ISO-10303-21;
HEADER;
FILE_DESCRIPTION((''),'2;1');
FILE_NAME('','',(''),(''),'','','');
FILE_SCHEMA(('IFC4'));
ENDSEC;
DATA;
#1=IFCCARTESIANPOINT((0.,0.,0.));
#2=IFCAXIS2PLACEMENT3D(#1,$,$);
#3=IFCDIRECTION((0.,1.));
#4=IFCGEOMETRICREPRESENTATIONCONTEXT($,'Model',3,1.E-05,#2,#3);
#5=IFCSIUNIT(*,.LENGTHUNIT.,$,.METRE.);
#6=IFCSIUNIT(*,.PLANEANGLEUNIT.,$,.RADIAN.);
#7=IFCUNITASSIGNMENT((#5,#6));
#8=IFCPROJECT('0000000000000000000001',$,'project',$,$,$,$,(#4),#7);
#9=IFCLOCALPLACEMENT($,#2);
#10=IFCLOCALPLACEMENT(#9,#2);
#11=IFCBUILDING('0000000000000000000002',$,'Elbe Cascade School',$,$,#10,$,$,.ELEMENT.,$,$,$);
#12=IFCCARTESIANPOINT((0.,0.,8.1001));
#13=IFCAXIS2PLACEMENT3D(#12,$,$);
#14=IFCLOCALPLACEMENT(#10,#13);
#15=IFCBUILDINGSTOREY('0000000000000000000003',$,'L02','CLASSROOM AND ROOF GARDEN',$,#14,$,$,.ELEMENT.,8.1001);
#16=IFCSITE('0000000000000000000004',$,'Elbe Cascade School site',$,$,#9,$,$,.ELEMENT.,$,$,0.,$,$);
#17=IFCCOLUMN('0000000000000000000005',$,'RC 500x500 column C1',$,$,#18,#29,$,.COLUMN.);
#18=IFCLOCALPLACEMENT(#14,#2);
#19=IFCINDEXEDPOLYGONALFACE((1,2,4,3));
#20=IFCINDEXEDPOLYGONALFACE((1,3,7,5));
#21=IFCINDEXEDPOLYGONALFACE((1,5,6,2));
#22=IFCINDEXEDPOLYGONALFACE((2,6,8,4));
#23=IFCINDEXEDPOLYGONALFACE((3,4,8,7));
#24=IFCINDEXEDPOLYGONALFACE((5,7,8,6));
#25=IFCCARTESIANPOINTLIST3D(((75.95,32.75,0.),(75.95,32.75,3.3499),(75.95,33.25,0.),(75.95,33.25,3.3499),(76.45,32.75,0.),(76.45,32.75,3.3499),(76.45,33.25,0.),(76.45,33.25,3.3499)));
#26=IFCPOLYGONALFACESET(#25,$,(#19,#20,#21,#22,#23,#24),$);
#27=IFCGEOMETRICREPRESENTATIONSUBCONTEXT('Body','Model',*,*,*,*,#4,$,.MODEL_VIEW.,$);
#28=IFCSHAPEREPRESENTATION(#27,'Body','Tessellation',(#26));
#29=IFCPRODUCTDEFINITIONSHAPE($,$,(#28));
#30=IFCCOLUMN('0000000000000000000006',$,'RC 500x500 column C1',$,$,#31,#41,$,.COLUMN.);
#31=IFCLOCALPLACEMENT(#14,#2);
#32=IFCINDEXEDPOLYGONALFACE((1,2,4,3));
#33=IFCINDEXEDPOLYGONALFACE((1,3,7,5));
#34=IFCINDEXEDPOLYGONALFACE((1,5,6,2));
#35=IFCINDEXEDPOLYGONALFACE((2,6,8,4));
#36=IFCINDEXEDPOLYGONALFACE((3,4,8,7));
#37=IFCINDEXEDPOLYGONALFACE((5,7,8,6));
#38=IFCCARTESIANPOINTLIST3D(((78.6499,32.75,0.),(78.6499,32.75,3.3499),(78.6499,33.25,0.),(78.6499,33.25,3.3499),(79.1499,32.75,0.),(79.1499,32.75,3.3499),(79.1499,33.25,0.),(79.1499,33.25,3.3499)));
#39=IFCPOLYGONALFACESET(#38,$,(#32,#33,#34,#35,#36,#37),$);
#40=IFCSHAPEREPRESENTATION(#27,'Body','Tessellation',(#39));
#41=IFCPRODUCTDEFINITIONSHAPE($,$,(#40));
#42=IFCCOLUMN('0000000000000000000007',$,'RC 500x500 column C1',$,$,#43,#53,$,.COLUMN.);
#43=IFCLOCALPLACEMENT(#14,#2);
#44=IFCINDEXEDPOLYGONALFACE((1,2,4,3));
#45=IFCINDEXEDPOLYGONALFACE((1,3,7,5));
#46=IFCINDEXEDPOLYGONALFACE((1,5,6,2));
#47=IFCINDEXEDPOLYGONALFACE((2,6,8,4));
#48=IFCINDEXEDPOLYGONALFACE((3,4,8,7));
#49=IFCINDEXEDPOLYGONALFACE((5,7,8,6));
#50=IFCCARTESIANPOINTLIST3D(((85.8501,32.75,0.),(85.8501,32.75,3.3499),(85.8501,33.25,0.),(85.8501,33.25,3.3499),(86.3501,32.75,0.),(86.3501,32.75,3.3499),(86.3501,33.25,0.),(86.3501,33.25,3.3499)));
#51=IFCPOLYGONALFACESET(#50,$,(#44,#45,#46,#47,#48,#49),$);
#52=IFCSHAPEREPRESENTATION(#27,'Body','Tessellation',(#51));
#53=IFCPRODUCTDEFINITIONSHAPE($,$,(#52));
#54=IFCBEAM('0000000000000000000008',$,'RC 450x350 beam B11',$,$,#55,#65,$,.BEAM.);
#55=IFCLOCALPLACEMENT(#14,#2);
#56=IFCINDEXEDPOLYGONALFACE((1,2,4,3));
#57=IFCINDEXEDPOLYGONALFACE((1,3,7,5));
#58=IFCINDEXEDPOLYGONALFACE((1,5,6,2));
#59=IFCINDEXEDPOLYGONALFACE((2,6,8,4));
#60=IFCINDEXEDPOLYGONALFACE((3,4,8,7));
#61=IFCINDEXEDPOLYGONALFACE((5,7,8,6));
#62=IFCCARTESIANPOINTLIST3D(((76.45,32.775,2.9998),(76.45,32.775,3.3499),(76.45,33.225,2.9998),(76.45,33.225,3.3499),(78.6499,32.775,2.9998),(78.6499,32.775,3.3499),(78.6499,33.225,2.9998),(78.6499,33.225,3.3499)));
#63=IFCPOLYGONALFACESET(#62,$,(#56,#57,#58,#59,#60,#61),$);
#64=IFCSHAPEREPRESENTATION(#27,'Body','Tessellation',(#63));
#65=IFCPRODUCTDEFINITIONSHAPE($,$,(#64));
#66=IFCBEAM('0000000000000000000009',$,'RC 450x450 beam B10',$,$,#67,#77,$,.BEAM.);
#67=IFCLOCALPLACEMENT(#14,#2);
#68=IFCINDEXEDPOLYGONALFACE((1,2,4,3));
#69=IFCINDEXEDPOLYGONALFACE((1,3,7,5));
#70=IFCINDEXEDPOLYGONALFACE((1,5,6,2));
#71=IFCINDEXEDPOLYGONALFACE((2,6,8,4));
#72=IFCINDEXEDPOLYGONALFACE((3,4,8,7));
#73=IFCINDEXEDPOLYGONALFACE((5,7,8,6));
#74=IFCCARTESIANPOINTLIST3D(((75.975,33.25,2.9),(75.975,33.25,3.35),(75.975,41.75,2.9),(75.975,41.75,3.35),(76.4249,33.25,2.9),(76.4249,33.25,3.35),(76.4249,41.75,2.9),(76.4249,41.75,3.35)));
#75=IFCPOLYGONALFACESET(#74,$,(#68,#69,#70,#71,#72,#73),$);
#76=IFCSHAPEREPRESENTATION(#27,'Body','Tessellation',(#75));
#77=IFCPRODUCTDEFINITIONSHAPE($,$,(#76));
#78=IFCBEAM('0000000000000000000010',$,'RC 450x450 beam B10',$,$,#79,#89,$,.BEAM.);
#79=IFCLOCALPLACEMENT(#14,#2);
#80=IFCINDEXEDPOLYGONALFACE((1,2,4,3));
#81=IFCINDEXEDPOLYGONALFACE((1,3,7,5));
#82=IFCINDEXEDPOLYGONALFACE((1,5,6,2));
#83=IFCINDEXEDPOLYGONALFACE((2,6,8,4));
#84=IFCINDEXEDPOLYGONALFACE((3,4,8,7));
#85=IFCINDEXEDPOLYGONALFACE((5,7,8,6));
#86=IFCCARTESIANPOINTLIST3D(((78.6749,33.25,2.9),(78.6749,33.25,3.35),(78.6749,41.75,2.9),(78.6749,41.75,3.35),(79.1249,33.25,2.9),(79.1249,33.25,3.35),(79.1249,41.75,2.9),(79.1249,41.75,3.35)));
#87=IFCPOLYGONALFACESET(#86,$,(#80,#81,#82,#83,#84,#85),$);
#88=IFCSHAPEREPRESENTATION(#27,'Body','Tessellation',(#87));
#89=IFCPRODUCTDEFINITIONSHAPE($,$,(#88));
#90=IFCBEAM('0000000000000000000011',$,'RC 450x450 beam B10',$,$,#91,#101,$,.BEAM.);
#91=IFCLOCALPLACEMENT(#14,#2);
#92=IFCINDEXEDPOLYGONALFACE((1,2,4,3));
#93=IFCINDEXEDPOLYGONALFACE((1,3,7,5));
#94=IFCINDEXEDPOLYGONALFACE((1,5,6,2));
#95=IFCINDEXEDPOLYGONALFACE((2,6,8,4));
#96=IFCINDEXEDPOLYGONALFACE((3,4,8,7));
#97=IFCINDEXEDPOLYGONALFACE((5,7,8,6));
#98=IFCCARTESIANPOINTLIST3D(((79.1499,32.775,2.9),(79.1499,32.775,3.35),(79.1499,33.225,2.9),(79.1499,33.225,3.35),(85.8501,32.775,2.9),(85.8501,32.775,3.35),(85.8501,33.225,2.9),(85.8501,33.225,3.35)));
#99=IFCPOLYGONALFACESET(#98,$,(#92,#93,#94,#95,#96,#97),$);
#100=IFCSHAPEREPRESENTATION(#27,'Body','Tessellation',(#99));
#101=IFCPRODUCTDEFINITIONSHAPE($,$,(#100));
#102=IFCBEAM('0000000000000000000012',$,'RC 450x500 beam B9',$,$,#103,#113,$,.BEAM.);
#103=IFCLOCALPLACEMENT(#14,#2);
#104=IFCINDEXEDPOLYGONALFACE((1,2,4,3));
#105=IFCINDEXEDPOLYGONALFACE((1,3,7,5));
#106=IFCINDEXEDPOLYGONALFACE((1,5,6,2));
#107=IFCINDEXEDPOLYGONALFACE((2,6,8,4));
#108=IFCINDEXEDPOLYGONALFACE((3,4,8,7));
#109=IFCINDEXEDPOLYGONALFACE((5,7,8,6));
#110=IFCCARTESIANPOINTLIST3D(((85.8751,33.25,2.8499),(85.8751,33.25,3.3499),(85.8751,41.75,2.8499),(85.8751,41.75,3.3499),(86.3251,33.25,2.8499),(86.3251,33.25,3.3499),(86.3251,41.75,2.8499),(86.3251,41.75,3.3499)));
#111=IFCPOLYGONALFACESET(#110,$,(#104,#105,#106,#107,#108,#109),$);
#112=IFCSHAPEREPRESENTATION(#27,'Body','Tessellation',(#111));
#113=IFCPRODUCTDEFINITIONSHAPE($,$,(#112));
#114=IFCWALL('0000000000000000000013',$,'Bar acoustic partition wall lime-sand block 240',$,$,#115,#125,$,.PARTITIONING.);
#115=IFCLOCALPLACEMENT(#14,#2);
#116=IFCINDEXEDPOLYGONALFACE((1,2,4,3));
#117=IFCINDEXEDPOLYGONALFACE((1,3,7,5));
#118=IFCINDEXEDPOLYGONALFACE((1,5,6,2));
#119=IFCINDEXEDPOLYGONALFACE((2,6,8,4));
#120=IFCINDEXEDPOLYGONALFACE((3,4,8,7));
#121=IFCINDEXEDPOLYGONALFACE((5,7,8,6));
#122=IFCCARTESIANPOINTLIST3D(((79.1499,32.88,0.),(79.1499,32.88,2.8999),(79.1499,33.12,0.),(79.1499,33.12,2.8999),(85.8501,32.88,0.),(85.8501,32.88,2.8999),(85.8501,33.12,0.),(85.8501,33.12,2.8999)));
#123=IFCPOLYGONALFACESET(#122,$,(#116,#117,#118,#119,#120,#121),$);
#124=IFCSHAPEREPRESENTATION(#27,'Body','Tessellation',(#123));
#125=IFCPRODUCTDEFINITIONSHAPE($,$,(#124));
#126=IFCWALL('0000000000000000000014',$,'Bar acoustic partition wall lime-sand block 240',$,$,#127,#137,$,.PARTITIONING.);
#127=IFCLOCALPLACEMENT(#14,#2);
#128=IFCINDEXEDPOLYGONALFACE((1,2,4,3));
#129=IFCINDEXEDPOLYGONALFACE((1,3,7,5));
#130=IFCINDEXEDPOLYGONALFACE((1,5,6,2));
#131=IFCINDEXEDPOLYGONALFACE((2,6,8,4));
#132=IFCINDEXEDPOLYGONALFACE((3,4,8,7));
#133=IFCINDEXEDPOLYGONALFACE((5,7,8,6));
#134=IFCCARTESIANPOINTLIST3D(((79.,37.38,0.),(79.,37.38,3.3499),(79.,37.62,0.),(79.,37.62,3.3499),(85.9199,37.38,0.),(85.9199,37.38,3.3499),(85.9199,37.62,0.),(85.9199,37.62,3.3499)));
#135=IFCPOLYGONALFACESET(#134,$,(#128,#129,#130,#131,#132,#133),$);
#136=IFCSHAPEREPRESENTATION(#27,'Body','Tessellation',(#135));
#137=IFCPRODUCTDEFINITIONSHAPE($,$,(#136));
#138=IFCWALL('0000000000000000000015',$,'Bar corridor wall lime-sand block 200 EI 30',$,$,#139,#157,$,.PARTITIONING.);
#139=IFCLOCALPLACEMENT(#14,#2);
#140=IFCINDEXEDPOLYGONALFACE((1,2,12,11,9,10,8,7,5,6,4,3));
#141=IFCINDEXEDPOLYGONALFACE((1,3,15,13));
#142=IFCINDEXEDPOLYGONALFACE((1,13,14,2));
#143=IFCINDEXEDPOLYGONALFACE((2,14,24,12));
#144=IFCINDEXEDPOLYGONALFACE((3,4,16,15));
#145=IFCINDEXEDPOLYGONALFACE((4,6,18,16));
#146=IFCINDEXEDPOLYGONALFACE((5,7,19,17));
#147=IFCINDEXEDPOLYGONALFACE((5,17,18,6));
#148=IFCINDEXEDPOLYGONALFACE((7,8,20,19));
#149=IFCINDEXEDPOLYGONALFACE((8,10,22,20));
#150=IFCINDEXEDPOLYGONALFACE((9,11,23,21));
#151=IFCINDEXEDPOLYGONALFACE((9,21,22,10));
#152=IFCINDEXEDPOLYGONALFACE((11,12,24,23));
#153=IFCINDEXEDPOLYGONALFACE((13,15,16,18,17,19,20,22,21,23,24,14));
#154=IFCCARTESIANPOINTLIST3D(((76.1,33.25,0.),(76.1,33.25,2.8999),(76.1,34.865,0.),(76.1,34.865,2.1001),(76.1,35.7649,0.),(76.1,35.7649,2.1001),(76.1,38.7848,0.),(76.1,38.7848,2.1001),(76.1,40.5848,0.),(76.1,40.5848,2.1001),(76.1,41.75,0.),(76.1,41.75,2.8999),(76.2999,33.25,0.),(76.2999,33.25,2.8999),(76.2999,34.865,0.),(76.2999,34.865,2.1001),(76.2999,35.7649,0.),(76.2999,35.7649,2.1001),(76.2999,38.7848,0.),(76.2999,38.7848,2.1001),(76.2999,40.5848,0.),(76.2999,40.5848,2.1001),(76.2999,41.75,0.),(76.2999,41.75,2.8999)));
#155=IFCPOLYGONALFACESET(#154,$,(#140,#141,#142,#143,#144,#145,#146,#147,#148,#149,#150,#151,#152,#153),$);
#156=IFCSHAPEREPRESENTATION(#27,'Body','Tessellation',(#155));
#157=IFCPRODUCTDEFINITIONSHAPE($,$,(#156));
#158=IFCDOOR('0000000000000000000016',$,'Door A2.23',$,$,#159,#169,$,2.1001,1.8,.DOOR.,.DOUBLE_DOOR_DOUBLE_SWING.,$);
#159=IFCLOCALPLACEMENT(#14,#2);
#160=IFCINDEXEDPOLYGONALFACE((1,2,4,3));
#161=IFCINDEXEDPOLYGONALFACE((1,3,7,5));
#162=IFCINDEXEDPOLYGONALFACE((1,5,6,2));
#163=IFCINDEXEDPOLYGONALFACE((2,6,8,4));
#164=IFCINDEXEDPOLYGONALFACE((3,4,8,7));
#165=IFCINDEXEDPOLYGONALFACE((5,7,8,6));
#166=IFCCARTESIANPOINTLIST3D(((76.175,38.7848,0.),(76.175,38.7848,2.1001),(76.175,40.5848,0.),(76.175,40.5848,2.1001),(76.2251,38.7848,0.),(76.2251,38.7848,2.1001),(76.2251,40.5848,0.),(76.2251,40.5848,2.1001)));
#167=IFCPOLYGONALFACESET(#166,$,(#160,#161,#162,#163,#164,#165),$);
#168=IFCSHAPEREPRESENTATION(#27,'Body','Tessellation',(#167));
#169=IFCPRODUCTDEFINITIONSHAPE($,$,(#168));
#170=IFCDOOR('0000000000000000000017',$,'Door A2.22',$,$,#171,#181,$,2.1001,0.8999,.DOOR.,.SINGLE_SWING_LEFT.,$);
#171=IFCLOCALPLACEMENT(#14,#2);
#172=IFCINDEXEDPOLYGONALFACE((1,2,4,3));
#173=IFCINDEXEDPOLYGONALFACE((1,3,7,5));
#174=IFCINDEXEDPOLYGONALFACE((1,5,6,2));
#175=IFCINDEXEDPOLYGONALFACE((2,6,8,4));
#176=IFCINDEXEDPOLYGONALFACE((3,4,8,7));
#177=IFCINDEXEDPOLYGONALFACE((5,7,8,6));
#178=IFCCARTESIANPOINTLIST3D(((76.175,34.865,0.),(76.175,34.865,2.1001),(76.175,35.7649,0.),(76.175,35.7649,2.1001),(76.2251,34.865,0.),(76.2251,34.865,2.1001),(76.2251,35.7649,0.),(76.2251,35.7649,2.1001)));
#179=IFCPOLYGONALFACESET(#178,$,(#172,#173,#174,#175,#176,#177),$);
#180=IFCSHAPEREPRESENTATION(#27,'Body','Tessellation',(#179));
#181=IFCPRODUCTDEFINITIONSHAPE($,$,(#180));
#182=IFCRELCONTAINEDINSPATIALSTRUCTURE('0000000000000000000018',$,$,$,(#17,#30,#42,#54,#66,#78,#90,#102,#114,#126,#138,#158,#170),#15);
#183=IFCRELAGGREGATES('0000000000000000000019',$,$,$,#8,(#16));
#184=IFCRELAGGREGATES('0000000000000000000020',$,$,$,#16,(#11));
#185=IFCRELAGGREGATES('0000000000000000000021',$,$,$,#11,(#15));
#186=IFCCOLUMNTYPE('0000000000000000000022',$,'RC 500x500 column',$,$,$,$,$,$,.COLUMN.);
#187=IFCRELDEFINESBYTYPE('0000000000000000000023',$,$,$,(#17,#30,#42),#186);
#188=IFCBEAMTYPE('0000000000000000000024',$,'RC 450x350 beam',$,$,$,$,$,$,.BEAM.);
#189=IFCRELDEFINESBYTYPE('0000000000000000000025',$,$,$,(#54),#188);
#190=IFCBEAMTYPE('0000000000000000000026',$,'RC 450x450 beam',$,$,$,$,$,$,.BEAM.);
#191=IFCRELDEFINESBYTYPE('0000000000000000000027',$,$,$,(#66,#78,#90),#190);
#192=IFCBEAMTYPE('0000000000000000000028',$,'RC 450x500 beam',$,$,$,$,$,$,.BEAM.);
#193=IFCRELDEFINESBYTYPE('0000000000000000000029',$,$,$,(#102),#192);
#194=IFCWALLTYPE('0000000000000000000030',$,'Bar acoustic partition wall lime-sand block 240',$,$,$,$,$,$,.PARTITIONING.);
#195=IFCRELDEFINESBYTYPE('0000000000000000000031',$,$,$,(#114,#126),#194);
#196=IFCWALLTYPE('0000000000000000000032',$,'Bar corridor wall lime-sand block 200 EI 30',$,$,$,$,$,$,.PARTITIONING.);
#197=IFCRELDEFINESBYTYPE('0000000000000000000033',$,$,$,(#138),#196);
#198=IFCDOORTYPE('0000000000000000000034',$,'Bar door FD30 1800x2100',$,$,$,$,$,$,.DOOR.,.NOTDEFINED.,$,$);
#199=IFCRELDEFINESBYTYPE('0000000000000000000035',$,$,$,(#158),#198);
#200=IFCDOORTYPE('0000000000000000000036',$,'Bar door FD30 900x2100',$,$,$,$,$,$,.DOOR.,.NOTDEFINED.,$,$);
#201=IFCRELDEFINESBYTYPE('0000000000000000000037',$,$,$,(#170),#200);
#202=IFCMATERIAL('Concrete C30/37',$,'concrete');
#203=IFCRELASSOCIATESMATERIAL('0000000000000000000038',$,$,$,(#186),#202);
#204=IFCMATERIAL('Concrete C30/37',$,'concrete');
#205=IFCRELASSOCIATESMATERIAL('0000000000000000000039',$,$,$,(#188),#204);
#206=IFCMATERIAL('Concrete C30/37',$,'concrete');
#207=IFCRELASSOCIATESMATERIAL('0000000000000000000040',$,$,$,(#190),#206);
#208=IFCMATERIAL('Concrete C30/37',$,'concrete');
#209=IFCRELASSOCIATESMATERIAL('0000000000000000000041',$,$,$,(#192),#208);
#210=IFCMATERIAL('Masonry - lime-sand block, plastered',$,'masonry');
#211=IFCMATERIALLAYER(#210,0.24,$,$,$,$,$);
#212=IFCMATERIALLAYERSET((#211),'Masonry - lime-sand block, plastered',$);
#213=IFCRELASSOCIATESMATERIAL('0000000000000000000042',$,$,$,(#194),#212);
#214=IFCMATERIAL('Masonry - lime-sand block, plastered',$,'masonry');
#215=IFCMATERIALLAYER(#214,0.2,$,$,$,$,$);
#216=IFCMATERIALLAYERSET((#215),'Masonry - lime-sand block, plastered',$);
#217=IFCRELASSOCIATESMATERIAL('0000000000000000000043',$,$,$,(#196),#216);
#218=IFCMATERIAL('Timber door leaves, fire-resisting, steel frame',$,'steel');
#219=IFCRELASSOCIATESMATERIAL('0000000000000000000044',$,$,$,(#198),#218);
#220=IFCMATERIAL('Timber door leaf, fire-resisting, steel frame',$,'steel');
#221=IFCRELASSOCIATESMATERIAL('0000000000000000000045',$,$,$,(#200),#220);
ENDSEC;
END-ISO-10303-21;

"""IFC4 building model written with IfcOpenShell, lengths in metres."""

from ifc_helpers import new_model, si_unit, direction, frame, frame_2d, origin, origin_2d, place, context, subcontext, project, spatial, rectangle, extrude, material, layer, layer_set, material_profile, profile_set, type_object, element, fill, save


model = new_model("IFC4")

# Units and contexts
model_context = context("Model", 3, precision=1e-05, world=origin(), true_north=direction((0.0, 1.0)))
body_context = subcontext(model_context, "Body", "Model", "MODEL_VIEW")
ifc_project = project(units=[si_unit("LENGTHUNIT", "METRE"), si_unit("PLANEANGLEUNIT", "RADIAN")], contexts=[model_context])

# Site, building, storey
site_placement = place(None, origin())
site = spatial("IfcSite", under=ifc_project, at=site_placement, Name="Elbe Cascade School site", CompositionType="ELEMENT", RefElevation=0.0)
building_placement = place(site_placement, origin())
building = spatial("IfcBuilding", under=site, at=building_placement, Name="Elbe Cascade School", CompositionType="ELEMENT")
storey_placement = place(building_placement, frame((0.0, 0.0, 8.1001)))
storey = spatial("IfcBuildingStorey", under=building, at=storey_placement, Name="L02", Description="CLASSROOM AND ROOF GARDEN", CompositionType="ELEMENT", Elevation=8.1001)

# Columns
ifc_material_1 = material(Name="Concrete C30/37", Category="concrete")
ifc_material_profile_1 = material_profile(ifc_material_1, rectangle(XDim=0.5, YDim=0.5, at=origin_2d()), Name="RC 500x500")
ifc_profile_set_1 = profile_set([ifc_material_profile_1], Name="Concrete C30/37")
column_type = type_object("IfcColumnType", Name="RC 500x500 column", PredefinedType="COLUMN", material=ifc_profile_set_1)
for number, where, z_axis, x_axis, name in (
    (1, (76.2, 33.0, 0.0), (0.0, 0.0, 1.0), (1.0, 0.0, 0.0), "RC 500x500 column C1"),
    (2, (78.8999, 33.0, 0.0), (0.0, 0.0, 1.0), (1.0, 0.0, 0.0), "RC 500x500 column C1"),
    (3, (86.1001, 33.0, 0.0), (0.0, 0.0, 1.0), (1.0, 0.0, 0.0), "RC 500x500 column C1"),
):
    element("IfcColumn", number, at=place(storey_placement, frame(where, z_axis=z_axis, x_axis=x_axis)), inside=storey, type_object=column_type, Name=name, PredefinedType="COLUMN", context=body_context, shape_type="SweptSolid", body=[
        extrude(rectangle(XDim=0.5, YDim=0.5, at=origin_2d()), origin(), (0.0, 0.0, 1.0), 3.3499),
    ])

# Beams
ifc_material_2 = material(Name="Concrete C30/37", Category="concrete")
ifc_material_profile_2 = material_profile(ifc_material_2, rectangle(XDim=0.45, YDim=0.3501, at=origin_2d()), Name="RC 450x350")
ifc_profile_set_2 = profile_set([ifc_material_profile_2], Name="Concrete C30/37")
beam_type_1 = type_object("IfcBeamType", Name="RC 450x350 beam", PredefinedType="BEAM", material=ifc_profile_set_2)
beam_1_placement = place(storey_placement, frame((76.45, 33.0, 3.1748), z_axis=(1.0, 0.0, 0.0), x_axis=(0.0, 1.0, 0.0)))
element("IfcBeam", 4, at=beam_1_placement, inside=storey, type_object=beam_type_1, Name="RC 450x350 beam B11", PredefinedType="BEAM", context=body_context, shape_type="SweptSolid", body=[
    extrude(rectangle(XDim=0.45, YDim=0.3501, at=origin_2d()), origin(), (0.0, 0.0, 1.0), 2.2),
])
ifc_material_3 = material(Name="Concrete C30/37", Category="concrete")
ifc_material_profile_3 = material_profile(ifc_material_3, rectangle(XDim=0.45, YDim=0.45, at=origin_2d()), Name="RC 450x450")
ifc_profile_set_3 = profile_set([ifc_material_profile_3], Name="Concrete C30/37")
beam_type_2 = type_object("IfcBeamType", Name="RC 450x450 beam", PredefinedType="BEAM", material=ifc_profile_set_3)
for number, where, z_axis, x_axis, name in (
    (5, (76.2, 33.25, 3.125), (0.0, 1.0, 0.0), (-1.0, 0.0, 0.0), "RC 450x450 beam B10"),
    (6, (78.8999, 33.25, 3.125), (0.0, 1.0, 0.0), (-1.0, 0.0, 0.0), "RC 450x450 beam B10"),
):
    element("IfcBeam", number, at=place(storey_placement, frame(where, z_axis=z_axis, x_axis=x_axis)), inside=storey, type_object=beam_type_2, Name=name, PredefinedType="BEAM", context=body_context, shape_type="SweptSolid", body=[
        extrude(rectangle(XDim=0.45, YDim=0.45, at=origin_2d()), origin(), (0.0, 0.0, 1.0), 8.5),
    ])
beam_2_placement = place(storey_placement, frame((79.1499, 33.0, 3.125), z_axis=(1.0, 0.0, 0.0), x_axis=(0.0, 1.0, 0.0)))
element("IfcBeam", 7, at=beam_2_placement, inside=storey, type_object=beam_type_2, Name="RC 450x450 beam B10", PredefinedType="BEAM", context=body_context, shape_type="SweptSolid", body=[
    extrude(rectangle(XDim=0.45, YDim=0.45, at=origin_2d()), origin(), (0.0, 0.0, 1.0), 6.7002),
])
ifc_material_4 = material(Name="Concrete C30/37", Category="concrete")
ifc_material_profile_4 = material_profile(ifc_material_4, rectangle(XDim=0.45, YDim=0.5, at=origin_2d()), Name="RC 450x500")
ifc_profile_set_4 = profile_set([ifc_material_profile_4], Name="Concrete C30/37")
beam_type_3 = type_object("IfcBeamType", Name="RC 450x500 beam", PredefinedType="BEAM", material=ifc_profile_set_4)
beam_3_placement = place(storey_placement, frame((86.1001, 33.25, 3.0999), z_axis=(0.0, 1.0, 0.0), x_axis=(-1.0, 0.0, 0.0)))
element("IfcBeam", 8, at=beam_3_placement, inside=storey, type_object=beam_type_3, Name="RC 450x500 beam B9", PredefinedType="BEAM", context=body_context, shape_type="SweptSolid", body=[
    extrude(rectangle(XDim=0.45, YDim=0.5, at=origin_2d()), origin(), (0.0, 0.0, 1.0), 8.5),
])

# Walls
ifc_material_5 = material(Name="Masonry - lime-sand block, plastered", Category="masonry")
ifc_layer_1 = layer(ifc_material_5, 0.24)
ifc_layer_set_1 = layer_set([ifc_layer_1], Name="Masonry - lime-sand block, plastered")
wall_type_1 = type_object("IfcWallType", Name="Bar acoustic partition wall lime-sand block 240", PredefinedType="PARTITIONING", material=ifc_layer_set_1)
wall_1_placement = place(storey_placement, frame((79.1499, 33.0, 0.0), z_axis=(0.0, 0.0, 1.0), x_axis=(1.0, 0.0, 0.0)))
element("IfcWall", 9, at=wall_1_placement, inside=storey, type_object=wall_type_1, Name="Bar acoustic partition wall lime-sand block 240", PredefinedType="PARTITIONING", context=body_context, shape_type="SweptSolid", body=[
    extrude(rectangle(XDim=6.7002, YDim=0.24, at=frame_2d((3.3501, 0.0))), origin(), (0.0, 0.0, 1.0), 2.8999),
])
wall_2_placement = place(storey_placement, frame((79.0, 37.5, 0.0), z_axis=(0.0, 0.0, 1.0), x_axis=(1.0, 0.0, 0.0)))
element("IfcWall", 10, at=wall_2_placement, inside=storey, type_object=wall_type_1, Name="Bar acoustic partition wall lime-sand block 240", PredefinedType="PARTITIONING", context=body_context, shape_type="SweptSolid", body=[
    extrude(rectangle(XDim=6.9199, YDim=0.24, at=frame_2d((3.46, 0.0))), origin(), (0.0, 0.0, 1.0), 3.3499),
])

# Wall, openings, doors
ifc_material_6 = material(Name="Masonry - lime-sand block, plastered", Category="masonry")
ifc_layer_2 = layer(ifc_material_6, 0.2)
ifc_layer_set_2 = layer_set([ifc_layer_2], Name="Masonry - lime-sand block, plastered")
wall_type_2 = type_object("IfcWallType", Name="Bar corridor wall lime-sand block 200 EI 30", PredefinedType="PARTITIONING", material=ifc_layer_set_2)
wall_3_placement = place(storey_placement, frame((76.2, 33.25, 0.0), z_axis=(0.0, 0.0, 1.0), x_axis=(0.0, 1.0, 0.0)))
wall_3 = element("IfcWall", 11, at=wall_3_placement, inside=storey, type_object=wall_type_2, Name="Bar corridor wall lime-sand block 200 EI 30", PredefinedType="PARTITIONING", context=body_context, shape_type="SweptSolid", body=[
    extrude(rectangle(XDim=8.5, YDim=0.2, at=frame_2d((4.25, 0.0))), origin(), (0.0, 0.0, 1.0), 2.8999),
])
opening_1_placement = place(wall_3_placement, frame((1.615, 0.0, 0.0)))
opening_1 = element("IfcOpeningElement", 12, at=opening_1_placement, cuts=wall_3, PredefinedType="OPENING", context=body_context, shape_type="SweptSolid", body=[
    extrude(rectangle(XDim=0.8999, YDim=2.1001, at=frame_2d((0.45, 1.05))), frame((0.0, 0.1099, 0.0), z_axis=(0.0, -1.0, 0.0), x_axis=(1.0, 0.0, 0.0)), (0.0, 0.0, 1.0), 0.22),
])
opening_2_placement = place(wall_3_placement, frame((5.5349, 0.0, 0.0)))
opening_2 = element("IfcOpeningElement", 13, at=opening_2_placement, cuts=wall_3, PredefinedType="OPENING", context=body_context, shape_type="SweptSolid", body=[
    extrude(rectangle(XDim=1.8, YDim=2.1001, at=frame_2d((0.8999, 1.05))), frame((0.0, 0.1099, 0.0), z_axis=(0.0, -1.0, 0.0), x_axis=(1.0, 0.0, 0.0)), (0.0, 0.0, 1.0), 0.22),
])
ifc_material_7 = material(Name="Timber door leaves, fire-resisting, steel frame", Category="steel")
door_type_1 = type_object("IfcDoorType", Name="Bar door FD30 1800x2100", OperationType="NOTDEFINED", PredefinedType="DOOR", material=ifc_material_7)
door_1_placement = place(opening_2_placement, origin())
door_1 = element("IfcDoor", 14, at=door_1_placement, inside=storey, type_object=door_type_1, Name="Door A2.23", OperationType="DOUBLE_DOOR_DOUBLE_SWING", OverallHeight=2.1001, OverallWidth=1.8, PredefinedType="DOOR", context=body_context, shape_type="SweptSolid", body=[
    extrude(rectangle(XDim=1.8, YDim=2.1001, at=frame_2d((0.8999, 1.05))), frame((0.0, 0.0249, 0.0), z_axis=(0.0, -1.0, 0.0), x_axis=(1.0, 0.0, 0.0)), (0.0, 0.0, 1.0), 0.05),
])
fill(opening_2, door_1)
ifc_material_8 = material(Name="Timber door leaf, fire-resisting, steel frame", Category="steel")
door_type_2 = type_object("IfcDoorType", Name="Bar door FD30 900x2100", OperationType="NOTDEFINED", PredefinedType="DOOR", material=ifc_material_8)
door_2_placement = place(opening_1_placement, origin())
door_2 = element("IfcDoor", 15, at=door_2_placement, inside=storey, type_object=door_type_2, Name="Door A2.22", OperationType="SINGLE_SWING_LEFT", OverallHeight=2.1001, OverallWidth=0.8999, PredefinedType="DOOR", context=body_context, shape_type="SweptSolid", body=[
    extrude(rectangle(XDim=0.8999, YDim=2.1001, at=frame_2d((0.45, 1.05))), frame((0.0, 0.0249, 0.0), z_axis=(0.0, -1.0, 0.0), x_axis=(1.0, 0.0, 0.0)), (0.0, 0.0, 1.0), 0.05),
])
fill(opening_1, door_2)

save(model, "model.ifc")
